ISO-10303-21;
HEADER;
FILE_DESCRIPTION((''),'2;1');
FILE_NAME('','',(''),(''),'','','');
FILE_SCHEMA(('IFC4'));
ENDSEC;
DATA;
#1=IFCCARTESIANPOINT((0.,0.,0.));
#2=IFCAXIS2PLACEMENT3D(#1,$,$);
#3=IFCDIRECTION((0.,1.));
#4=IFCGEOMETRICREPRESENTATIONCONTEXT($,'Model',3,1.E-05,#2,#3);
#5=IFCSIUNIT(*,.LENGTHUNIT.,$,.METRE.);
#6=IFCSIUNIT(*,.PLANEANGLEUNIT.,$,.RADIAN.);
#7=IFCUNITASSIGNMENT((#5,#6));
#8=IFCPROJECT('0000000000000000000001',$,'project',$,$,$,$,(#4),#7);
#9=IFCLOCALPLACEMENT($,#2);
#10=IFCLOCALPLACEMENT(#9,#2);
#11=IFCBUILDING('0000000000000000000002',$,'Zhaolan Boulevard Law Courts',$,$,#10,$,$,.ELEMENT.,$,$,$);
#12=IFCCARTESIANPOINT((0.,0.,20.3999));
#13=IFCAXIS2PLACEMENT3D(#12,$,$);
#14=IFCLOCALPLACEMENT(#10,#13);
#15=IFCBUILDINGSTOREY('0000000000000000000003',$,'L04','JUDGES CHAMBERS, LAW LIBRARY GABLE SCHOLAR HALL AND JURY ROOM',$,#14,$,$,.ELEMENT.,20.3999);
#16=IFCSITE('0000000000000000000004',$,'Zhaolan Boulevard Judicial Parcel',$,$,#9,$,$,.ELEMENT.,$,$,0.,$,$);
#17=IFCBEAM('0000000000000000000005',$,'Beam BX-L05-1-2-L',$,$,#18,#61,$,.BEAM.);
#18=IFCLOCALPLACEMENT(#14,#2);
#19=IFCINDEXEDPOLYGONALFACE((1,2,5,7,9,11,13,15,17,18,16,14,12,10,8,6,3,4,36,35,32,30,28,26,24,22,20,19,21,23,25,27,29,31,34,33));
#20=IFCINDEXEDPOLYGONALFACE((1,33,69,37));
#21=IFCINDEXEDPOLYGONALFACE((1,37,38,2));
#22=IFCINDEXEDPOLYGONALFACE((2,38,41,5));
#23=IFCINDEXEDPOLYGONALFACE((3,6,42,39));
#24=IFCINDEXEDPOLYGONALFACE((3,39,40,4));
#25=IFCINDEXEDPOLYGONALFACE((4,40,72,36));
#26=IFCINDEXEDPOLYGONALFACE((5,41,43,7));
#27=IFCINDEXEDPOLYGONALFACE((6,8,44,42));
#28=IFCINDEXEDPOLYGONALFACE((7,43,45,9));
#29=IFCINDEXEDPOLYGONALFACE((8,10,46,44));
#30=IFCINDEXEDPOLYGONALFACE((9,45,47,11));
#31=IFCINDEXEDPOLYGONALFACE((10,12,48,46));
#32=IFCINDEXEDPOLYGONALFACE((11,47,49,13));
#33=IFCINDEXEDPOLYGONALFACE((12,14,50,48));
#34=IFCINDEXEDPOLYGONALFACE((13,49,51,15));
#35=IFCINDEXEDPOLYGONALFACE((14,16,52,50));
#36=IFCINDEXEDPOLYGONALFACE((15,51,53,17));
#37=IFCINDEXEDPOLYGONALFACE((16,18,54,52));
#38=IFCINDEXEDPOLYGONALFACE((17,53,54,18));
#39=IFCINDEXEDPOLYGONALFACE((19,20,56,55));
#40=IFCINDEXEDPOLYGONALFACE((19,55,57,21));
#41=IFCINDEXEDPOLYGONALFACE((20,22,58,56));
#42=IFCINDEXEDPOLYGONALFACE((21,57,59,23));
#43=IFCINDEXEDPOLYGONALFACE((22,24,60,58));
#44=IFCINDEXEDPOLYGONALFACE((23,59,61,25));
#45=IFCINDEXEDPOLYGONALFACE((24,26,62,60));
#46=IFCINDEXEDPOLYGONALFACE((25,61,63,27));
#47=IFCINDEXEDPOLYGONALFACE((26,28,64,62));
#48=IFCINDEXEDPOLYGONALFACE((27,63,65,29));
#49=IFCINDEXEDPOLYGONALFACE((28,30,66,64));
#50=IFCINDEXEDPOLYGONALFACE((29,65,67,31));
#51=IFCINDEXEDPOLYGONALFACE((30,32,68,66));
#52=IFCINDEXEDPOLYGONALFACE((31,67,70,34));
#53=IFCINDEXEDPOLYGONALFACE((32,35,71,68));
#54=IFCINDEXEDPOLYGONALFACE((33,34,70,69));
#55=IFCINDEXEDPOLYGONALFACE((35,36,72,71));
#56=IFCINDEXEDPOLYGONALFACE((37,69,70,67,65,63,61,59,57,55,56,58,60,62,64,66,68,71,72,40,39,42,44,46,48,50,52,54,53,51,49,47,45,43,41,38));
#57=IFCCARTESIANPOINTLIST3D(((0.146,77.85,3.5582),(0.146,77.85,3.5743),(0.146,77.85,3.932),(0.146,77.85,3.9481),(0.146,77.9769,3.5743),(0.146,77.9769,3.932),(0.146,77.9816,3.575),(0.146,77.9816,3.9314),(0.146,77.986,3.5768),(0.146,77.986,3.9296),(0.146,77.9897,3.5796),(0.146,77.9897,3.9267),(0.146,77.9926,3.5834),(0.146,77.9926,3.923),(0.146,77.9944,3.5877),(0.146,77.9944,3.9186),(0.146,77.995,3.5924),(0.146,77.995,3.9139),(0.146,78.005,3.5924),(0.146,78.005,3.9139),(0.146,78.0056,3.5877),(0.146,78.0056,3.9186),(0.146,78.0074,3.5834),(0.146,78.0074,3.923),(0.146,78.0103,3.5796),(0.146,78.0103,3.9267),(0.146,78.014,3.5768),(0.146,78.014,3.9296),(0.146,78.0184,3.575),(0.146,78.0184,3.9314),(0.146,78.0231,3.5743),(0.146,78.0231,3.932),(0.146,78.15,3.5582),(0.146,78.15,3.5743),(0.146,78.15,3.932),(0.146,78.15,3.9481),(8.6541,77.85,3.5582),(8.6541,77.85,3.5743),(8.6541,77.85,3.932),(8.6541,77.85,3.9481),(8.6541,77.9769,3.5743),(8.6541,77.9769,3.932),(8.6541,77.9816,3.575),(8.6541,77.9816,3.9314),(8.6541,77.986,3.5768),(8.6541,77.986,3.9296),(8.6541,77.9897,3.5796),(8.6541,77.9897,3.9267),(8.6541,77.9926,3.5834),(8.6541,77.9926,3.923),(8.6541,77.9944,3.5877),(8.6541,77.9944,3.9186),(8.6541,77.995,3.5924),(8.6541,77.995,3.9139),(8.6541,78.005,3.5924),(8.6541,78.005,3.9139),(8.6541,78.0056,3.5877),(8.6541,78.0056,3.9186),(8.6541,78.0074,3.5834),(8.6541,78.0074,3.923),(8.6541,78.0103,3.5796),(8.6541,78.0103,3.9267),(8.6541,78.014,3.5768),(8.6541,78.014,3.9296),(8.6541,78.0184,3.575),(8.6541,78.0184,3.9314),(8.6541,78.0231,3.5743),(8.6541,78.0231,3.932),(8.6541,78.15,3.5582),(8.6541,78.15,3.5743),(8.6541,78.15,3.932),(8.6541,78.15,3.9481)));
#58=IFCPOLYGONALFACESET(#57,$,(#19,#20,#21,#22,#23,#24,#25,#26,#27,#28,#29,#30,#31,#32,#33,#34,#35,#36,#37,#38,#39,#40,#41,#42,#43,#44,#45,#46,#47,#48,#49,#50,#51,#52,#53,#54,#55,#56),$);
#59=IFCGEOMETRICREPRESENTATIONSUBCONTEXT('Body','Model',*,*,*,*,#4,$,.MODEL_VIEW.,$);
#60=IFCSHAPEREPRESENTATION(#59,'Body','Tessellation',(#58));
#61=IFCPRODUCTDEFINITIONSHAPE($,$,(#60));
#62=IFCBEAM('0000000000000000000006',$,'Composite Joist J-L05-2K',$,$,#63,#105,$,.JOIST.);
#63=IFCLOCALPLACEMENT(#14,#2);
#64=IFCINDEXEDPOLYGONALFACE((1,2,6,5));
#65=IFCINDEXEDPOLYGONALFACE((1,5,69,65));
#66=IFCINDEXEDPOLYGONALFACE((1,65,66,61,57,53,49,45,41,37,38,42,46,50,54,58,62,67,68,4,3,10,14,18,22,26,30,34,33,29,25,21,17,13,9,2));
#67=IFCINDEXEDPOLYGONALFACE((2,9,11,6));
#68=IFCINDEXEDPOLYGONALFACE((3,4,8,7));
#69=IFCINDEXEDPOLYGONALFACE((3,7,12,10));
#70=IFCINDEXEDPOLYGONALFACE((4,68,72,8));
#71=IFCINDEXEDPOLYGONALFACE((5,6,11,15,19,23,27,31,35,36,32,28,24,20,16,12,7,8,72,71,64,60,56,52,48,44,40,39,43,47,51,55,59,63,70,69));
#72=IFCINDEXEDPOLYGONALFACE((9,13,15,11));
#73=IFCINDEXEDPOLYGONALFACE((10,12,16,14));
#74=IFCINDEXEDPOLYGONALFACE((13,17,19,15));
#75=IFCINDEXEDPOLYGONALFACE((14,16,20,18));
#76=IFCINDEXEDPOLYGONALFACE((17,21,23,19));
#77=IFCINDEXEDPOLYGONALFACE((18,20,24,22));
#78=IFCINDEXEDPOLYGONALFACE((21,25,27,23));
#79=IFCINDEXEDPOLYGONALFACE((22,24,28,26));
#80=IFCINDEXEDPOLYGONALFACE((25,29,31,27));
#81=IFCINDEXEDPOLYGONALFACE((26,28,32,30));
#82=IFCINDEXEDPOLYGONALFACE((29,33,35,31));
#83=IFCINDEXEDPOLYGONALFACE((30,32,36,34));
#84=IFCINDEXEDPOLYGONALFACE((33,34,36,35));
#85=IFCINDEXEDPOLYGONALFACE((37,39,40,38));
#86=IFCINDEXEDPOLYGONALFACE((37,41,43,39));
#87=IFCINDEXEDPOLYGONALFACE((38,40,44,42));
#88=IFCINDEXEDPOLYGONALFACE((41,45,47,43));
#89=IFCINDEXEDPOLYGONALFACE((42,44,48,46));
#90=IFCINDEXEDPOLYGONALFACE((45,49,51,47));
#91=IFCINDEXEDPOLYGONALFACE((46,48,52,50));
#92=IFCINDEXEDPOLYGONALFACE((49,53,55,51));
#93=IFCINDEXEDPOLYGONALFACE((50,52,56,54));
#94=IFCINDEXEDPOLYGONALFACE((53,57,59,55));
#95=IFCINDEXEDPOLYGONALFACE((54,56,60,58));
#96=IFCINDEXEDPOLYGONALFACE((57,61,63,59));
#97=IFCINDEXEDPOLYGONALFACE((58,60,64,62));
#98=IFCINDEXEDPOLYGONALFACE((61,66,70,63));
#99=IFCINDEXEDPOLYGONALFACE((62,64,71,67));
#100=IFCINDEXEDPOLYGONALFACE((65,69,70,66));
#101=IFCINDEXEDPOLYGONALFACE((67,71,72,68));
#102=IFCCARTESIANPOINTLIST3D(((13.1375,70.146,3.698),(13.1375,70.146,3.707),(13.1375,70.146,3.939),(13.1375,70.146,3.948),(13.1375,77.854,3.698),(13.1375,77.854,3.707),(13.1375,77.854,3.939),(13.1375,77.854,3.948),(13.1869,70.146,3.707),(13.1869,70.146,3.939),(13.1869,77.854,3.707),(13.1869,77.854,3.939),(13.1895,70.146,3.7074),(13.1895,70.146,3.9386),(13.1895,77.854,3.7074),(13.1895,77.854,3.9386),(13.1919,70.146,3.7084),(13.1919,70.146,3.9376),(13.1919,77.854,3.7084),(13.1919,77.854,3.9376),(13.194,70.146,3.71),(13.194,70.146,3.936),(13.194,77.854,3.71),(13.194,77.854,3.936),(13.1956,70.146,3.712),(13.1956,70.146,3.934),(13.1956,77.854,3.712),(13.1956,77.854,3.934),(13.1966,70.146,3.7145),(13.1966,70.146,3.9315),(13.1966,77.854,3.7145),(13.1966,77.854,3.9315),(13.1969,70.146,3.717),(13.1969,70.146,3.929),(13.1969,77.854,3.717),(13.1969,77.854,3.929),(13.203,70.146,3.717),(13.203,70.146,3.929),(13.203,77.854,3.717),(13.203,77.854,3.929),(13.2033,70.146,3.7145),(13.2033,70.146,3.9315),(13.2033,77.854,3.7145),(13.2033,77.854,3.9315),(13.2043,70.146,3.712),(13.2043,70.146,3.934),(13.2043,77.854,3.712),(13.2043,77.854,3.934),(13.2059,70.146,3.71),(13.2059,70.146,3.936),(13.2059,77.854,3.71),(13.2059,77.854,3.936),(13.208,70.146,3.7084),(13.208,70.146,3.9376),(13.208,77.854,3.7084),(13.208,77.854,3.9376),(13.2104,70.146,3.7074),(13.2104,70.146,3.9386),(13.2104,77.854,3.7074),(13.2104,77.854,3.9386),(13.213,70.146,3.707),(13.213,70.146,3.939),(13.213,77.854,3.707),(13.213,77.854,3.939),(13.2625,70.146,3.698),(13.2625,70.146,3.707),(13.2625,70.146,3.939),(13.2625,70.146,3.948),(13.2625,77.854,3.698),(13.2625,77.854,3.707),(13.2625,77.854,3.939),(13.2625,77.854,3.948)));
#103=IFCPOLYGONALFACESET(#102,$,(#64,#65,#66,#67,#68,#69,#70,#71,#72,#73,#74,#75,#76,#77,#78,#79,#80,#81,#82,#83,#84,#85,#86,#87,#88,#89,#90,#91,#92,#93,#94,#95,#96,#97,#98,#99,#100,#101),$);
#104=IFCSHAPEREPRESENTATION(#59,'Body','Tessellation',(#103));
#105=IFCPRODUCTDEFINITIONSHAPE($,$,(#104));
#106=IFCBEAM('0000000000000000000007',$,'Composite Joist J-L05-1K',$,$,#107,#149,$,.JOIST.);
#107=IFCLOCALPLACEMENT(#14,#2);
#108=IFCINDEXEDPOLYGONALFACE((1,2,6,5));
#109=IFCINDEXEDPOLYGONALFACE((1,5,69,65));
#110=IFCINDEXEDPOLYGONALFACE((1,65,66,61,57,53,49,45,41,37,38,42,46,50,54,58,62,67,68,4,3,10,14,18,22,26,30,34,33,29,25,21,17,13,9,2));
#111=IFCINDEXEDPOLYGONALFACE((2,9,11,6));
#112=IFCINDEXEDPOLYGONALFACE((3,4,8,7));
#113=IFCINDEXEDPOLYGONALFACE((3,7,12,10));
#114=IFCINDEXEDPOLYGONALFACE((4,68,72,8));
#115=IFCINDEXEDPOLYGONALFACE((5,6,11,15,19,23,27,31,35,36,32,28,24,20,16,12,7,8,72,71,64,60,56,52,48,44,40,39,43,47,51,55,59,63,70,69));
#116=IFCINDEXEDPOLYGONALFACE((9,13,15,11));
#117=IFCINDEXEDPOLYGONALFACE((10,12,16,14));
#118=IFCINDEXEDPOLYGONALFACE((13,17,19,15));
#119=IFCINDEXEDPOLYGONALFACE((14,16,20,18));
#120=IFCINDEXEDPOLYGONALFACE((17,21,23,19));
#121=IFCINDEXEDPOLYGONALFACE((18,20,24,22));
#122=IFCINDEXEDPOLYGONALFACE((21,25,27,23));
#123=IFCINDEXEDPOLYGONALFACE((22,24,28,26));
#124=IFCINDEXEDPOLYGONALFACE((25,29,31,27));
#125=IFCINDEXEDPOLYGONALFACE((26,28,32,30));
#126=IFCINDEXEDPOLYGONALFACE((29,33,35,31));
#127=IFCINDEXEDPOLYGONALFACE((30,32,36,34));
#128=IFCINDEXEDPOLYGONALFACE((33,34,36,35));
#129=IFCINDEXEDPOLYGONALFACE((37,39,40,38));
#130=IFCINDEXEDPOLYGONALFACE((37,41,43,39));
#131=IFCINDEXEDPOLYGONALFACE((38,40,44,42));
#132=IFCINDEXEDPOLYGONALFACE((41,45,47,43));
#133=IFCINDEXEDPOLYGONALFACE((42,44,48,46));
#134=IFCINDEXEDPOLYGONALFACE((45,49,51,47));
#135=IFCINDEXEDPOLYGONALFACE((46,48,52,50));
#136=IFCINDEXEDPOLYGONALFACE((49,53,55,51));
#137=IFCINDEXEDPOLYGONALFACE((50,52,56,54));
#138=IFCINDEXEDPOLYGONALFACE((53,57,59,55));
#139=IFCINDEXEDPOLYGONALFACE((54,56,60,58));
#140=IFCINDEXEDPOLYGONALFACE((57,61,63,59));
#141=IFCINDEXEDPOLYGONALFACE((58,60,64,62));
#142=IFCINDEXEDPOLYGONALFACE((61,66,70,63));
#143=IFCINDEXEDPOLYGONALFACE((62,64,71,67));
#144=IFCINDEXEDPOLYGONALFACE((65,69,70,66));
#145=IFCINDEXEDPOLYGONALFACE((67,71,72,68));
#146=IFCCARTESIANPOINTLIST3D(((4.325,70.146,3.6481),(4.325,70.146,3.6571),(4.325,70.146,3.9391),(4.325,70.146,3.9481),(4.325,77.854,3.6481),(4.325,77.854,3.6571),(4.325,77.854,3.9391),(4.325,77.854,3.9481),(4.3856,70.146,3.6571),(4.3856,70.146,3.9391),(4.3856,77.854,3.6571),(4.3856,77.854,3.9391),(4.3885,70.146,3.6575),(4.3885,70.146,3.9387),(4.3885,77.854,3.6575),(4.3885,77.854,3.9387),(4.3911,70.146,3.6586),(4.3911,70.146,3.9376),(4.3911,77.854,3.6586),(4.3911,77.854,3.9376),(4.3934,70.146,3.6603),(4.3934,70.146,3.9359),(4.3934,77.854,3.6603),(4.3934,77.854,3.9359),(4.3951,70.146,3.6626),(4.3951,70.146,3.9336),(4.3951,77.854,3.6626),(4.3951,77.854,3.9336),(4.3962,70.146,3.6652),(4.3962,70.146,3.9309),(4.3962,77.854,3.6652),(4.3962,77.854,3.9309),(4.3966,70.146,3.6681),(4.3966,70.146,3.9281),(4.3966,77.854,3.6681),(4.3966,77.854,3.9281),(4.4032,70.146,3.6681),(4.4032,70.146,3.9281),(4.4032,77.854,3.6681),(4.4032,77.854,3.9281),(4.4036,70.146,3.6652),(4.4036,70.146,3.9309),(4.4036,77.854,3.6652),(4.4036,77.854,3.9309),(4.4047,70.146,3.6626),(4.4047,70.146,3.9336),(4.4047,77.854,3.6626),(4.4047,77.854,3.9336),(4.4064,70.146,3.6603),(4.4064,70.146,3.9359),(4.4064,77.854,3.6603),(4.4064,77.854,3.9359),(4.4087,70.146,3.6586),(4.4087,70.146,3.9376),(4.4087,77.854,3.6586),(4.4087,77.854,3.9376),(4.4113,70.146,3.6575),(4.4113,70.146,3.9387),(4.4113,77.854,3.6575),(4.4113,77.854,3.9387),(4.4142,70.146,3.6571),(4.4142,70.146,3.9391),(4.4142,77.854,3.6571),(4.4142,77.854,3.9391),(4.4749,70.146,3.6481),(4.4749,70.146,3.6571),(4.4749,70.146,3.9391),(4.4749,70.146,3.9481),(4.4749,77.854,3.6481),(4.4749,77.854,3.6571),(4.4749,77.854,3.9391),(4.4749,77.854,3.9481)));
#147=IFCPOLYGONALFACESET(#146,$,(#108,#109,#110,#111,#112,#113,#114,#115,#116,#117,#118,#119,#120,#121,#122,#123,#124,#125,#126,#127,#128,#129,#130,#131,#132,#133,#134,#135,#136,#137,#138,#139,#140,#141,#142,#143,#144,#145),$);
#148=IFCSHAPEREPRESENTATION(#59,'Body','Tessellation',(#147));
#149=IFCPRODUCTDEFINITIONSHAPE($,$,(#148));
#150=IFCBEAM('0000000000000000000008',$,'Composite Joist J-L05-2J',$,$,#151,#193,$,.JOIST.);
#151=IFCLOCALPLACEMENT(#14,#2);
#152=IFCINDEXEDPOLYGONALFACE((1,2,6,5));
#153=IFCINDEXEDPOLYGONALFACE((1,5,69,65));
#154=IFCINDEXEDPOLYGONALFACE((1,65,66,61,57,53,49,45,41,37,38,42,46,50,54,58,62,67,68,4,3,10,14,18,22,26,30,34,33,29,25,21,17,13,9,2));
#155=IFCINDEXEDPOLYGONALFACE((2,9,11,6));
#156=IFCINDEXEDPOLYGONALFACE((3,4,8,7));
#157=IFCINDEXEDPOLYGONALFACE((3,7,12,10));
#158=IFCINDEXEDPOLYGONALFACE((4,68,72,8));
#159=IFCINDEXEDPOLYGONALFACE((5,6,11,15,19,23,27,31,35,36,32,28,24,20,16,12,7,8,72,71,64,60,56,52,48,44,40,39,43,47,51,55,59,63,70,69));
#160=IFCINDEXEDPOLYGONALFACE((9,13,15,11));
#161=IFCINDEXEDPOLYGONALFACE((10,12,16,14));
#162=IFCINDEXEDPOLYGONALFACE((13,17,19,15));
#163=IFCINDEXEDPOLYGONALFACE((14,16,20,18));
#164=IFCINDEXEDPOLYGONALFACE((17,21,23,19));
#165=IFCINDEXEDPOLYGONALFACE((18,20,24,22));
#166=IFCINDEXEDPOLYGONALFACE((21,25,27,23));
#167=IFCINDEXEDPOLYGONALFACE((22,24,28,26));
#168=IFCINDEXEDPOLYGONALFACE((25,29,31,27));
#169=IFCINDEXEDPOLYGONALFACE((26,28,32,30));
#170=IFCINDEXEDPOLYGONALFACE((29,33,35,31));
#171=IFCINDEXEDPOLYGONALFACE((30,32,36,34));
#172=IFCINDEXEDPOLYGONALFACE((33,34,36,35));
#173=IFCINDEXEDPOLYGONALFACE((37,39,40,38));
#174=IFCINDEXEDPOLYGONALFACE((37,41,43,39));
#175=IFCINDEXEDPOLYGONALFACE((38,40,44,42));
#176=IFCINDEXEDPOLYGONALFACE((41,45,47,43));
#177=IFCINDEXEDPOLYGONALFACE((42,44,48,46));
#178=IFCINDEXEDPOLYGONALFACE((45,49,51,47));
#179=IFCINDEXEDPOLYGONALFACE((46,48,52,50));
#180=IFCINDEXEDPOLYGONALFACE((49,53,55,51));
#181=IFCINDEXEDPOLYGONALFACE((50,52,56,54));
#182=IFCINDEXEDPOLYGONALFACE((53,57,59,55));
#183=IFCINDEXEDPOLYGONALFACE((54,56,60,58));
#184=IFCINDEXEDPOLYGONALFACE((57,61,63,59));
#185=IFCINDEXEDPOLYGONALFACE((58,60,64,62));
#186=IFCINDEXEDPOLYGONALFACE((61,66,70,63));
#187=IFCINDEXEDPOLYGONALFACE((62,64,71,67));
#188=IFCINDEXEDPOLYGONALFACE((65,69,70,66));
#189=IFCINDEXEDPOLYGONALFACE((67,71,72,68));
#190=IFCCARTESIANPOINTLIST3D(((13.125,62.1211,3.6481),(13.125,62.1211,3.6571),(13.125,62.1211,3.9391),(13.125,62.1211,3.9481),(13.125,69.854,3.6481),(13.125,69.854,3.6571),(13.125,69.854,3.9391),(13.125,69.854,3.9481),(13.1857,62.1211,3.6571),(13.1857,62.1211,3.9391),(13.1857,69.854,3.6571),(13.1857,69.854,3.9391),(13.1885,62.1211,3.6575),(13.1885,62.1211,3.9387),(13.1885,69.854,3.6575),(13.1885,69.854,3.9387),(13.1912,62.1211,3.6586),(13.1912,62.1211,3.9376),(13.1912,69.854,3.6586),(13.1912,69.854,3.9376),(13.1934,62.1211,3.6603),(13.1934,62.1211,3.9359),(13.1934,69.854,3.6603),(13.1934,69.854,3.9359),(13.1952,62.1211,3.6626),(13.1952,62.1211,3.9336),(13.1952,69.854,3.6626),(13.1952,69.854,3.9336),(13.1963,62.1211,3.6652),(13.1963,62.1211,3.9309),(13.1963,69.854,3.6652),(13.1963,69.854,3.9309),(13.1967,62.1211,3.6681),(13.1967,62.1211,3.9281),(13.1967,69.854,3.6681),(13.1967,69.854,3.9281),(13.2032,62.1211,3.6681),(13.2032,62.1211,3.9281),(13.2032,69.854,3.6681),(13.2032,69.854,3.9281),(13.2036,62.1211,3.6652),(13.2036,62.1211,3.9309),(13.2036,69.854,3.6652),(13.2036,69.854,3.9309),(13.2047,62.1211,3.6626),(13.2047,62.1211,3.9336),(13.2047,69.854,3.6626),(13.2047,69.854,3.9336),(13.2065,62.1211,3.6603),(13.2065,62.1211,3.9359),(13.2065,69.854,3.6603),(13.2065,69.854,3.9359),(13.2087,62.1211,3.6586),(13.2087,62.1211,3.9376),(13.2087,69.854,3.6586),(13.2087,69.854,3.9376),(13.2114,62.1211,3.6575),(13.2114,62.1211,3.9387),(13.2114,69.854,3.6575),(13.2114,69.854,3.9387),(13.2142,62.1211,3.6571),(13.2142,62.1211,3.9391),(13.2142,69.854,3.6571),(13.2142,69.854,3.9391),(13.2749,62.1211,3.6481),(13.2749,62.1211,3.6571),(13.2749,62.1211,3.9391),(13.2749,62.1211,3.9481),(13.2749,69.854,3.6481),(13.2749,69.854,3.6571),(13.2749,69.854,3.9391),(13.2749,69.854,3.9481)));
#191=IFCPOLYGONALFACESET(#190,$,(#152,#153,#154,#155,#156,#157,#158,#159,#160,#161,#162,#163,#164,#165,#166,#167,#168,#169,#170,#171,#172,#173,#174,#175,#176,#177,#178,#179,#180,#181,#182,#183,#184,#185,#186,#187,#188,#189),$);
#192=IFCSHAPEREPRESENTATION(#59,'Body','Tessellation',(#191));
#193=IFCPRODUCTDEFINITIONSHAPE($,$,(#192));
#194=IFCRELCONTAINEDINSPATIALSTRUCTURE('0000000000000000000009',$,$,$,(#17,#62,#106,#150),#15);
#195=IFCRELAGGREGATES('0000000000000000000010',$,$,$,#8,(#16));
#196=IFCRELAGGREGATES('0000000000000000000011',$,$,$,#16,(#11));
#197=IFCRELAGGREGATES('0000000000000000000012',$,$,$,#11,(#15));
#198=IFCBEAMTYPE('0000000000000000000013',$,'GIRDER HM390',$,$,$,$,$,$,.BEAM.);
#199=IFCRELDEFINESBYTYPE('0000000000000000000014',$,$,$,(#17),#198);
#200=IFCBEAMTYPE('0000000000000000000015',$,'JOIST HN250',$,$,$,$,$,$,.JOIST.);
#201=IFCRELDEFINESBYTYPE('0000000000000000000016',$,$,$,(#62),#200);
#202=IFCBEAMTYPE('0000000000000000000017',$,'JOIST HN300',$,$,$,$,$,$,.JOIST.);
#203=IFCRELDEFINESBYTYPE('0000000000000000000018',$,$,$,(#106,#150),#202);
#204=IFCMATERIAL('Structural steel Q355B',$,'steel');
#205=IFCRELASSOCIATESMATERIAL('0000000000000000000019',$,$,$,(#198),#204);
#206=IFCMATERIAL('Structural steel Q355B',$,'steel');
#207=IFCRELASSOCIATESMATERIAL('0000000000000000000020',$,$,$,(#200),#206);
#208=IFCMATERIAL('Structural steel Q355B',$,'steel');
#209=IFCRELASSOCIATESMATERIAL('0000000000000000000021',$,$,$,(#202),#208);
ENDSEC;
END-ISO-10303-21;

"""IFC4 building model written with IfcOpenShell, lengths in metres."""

from ifc_helpers import new_model, si_unit, direction, frame, origin, origin_2d, place, context, subcontext, project, spatial, i_section, extrude, material, material_profile, profile_set, type_object, element, save


model = new_model("IFC4")

# Units and contexts
model_context = context("Model", 3, precision=1e-05, world=origin(), true_north=direction((0.0, 1.0)))
body_context = subcontext(model_context, "Body", "Model", "MODEL_VIEW")
ifc_project = project(units=[si_unit("LENGTHUNIT", "METRE"), si_unit("PLANEANGLEUNIT", "RADIAN")], contexts=[model_context])

# Site, building, storey
site_placement = place(None, origin())
site = spatial("IfcSite", under=ifc_project, at=site_placement, Name="Zhaolan Boulevard Judicial Parcel", CompositionType="ELEMENT", RefElevation=0.0)
building_placement = place(site_placement, origin())
building = spatial("IfcBuilding", under=site, at=building_placement, Name="Zhaolan Boulevard Law Courts", CompositionType="ELEMENT")
storey_placement = place(building_placement, frame((0.0, 0.0, 20.3999)))
storey = spatial("IfcBuildingStorey", under=building, at=storey_placement, Name="L04", Description="JUDGES CHAMBERS, LAW LIBRARY GABLE SCHOLAR HALL AND JURY ROOM", CompositionType="ELEMENT", Elevation=20.3999)

# Beams
ifc_material_1 = material(Name="Structural steel Q355B", Category="steel")
ifc_material_profile_1 = material_profile(ifc_material_1, i_section(OverallWidth=0.3, OverallDepth=0.3899, WebThickness=0.01, FlangeThickness=0.0161, FilletRadius=0.0181, at=origin_2d()), Name="HM390x300")
ifc_profile_set_1 = profile_set([ifc_material_profile_1], Name="Structural steel Q355B")
beam_type_1 = type_object("IfcBeamType", Name="GIRDER HM390", PredefinedType="BEAM", material=ifc_profile_set_1)
beam_1_placement = place(storey_placement, frame((0.146, 78.0, 3.7532), z_axis=(1.0, 0.0, 0.0), x_axis=(0.0, 1.0, 0.0)))
element("IfcBeam", 1, at=beam_1_placement, inside=storey, type_object=beam_type_1, Name="Beam BX-L05-1-2-L", PredefinedType="BEAM", context=body_context, shape_type="SweptSolid", body=[
    extrude(i_section(OverallWidth=0.3, OverallDepth=0.3899, WebThickness=0.01, FlangeThickness=0.0161, FilletRadius=0.0181, at=origin_2d()), origin(), (0.0, 0.0, 1.0), 8.5081),
])
ifc_material_2 = material(Name="Structural steel Q355B", Category="steel")
ifc_material_profile_2 = material_profile(ifc_material_2, i_section(OverallWidth=0.125, OverallDepth=0.25, WebThickness=0.0061, FlangeThickness=0.009, FilletRadius=0.01, at=origin_2d()), Name="HN250x125")
ifc_profile_set_2 = profile_set([ifc_material_profile_2], Name="Structural steel Q355B")
beam_type_2 = type_object("IfcBeamType", Name="JOIST HN250", PredefinedType="JOIST", material=ifc_profile_set_2)
beam_2_placement = place(storey_placement, frame((13.2, 70.146, 3.823), z_axis=(0.0, 1.0, 0.0), x_axis=(-1.0, 0.0, 0.0)))
element("IfcBeam", 2, at=beam_2_placement, inside=storey, type_object=beam_type_2, Name="Composite Joist J-L05-2K", PredefinedType="JOIST", context=body_context, shape_type="SweptSolid", body=[
    extrude(i_section(OverallWidth=0.125, OverallDepth=0.25, WebThickness=0.0061, FlangeThickness=0.009, FilletRadius=0.01, at=origin_2d()), origin(), (0.0, 0.0, 1.0), 7.708),
])
ifc_material_3 = material(Name="Structural steel Q355B", Category="steel")
ifc_material_profile_3 = material_profile(ifc_material_3, i_section(OverallWidth=0.1499, OverallDepth=0.3, WebThickness=0.0066, FlangeThickness=0.009, FilletRadius=0.011, at=origin_2d()), Name="HN300x150")
ifc_profile_set_3 = profile_set([ifc_material_profile_3], Name="Structural steel Q355B")
beam_type_3 = type_object("IfcBeamType", Name="JOIST HN300", PredefinedType="JOIST", material=ifc_profile_set_3)
beam_3_placement = place(storey_placement, frame((4.3999, 70.146, 3.7981), z_axis=(0.0, 1.0, 0.0), x_axis=(-1.0, 0.0, 0.0)))
element("IfcBeam", 3, at=beam_3_placement, inside=storey, type_object=beam_type_3, Name="Composite Joist J-L05-1K", PredefinedType="JOIST", context=body_context, shape_type="SweptSolid", body=[
    extrude(i_section(OverallWidth=0.1499, OverallDepth=0.3, WebThickness=0.0066, FlangeThickness=0.009, FilletRadius=0.011, at=origin_2d()), origin(), (0.0, 0.0, 1.0), 7.708),
])
beam_4_placement = place(storey_placement, frame((13.2, 62.1211, 3.7981), z_axis=(0.0, 1.0, 0.0), x_axis=(-1.0, 0.0, 0.0)))
element("IfcBeam", 4, at=beam_4_placement, inside=storey, type_object=beam_type_3, Name="Composite Joist J-L05-2J", PredefinedType="JOIST", context=body_context, shape_type="SweptSolid", body=[
    extrude(i_section(OverallWidth=0.1499, OverallDepth=0.3, WebThickness=0.0066, FlangeThickness=0.009, FilletRadius=0.011, at=origin_2d()), origin(), (0.0, 0.0, 1.0), 7.7329),
])

save(model, "model.ifc")
